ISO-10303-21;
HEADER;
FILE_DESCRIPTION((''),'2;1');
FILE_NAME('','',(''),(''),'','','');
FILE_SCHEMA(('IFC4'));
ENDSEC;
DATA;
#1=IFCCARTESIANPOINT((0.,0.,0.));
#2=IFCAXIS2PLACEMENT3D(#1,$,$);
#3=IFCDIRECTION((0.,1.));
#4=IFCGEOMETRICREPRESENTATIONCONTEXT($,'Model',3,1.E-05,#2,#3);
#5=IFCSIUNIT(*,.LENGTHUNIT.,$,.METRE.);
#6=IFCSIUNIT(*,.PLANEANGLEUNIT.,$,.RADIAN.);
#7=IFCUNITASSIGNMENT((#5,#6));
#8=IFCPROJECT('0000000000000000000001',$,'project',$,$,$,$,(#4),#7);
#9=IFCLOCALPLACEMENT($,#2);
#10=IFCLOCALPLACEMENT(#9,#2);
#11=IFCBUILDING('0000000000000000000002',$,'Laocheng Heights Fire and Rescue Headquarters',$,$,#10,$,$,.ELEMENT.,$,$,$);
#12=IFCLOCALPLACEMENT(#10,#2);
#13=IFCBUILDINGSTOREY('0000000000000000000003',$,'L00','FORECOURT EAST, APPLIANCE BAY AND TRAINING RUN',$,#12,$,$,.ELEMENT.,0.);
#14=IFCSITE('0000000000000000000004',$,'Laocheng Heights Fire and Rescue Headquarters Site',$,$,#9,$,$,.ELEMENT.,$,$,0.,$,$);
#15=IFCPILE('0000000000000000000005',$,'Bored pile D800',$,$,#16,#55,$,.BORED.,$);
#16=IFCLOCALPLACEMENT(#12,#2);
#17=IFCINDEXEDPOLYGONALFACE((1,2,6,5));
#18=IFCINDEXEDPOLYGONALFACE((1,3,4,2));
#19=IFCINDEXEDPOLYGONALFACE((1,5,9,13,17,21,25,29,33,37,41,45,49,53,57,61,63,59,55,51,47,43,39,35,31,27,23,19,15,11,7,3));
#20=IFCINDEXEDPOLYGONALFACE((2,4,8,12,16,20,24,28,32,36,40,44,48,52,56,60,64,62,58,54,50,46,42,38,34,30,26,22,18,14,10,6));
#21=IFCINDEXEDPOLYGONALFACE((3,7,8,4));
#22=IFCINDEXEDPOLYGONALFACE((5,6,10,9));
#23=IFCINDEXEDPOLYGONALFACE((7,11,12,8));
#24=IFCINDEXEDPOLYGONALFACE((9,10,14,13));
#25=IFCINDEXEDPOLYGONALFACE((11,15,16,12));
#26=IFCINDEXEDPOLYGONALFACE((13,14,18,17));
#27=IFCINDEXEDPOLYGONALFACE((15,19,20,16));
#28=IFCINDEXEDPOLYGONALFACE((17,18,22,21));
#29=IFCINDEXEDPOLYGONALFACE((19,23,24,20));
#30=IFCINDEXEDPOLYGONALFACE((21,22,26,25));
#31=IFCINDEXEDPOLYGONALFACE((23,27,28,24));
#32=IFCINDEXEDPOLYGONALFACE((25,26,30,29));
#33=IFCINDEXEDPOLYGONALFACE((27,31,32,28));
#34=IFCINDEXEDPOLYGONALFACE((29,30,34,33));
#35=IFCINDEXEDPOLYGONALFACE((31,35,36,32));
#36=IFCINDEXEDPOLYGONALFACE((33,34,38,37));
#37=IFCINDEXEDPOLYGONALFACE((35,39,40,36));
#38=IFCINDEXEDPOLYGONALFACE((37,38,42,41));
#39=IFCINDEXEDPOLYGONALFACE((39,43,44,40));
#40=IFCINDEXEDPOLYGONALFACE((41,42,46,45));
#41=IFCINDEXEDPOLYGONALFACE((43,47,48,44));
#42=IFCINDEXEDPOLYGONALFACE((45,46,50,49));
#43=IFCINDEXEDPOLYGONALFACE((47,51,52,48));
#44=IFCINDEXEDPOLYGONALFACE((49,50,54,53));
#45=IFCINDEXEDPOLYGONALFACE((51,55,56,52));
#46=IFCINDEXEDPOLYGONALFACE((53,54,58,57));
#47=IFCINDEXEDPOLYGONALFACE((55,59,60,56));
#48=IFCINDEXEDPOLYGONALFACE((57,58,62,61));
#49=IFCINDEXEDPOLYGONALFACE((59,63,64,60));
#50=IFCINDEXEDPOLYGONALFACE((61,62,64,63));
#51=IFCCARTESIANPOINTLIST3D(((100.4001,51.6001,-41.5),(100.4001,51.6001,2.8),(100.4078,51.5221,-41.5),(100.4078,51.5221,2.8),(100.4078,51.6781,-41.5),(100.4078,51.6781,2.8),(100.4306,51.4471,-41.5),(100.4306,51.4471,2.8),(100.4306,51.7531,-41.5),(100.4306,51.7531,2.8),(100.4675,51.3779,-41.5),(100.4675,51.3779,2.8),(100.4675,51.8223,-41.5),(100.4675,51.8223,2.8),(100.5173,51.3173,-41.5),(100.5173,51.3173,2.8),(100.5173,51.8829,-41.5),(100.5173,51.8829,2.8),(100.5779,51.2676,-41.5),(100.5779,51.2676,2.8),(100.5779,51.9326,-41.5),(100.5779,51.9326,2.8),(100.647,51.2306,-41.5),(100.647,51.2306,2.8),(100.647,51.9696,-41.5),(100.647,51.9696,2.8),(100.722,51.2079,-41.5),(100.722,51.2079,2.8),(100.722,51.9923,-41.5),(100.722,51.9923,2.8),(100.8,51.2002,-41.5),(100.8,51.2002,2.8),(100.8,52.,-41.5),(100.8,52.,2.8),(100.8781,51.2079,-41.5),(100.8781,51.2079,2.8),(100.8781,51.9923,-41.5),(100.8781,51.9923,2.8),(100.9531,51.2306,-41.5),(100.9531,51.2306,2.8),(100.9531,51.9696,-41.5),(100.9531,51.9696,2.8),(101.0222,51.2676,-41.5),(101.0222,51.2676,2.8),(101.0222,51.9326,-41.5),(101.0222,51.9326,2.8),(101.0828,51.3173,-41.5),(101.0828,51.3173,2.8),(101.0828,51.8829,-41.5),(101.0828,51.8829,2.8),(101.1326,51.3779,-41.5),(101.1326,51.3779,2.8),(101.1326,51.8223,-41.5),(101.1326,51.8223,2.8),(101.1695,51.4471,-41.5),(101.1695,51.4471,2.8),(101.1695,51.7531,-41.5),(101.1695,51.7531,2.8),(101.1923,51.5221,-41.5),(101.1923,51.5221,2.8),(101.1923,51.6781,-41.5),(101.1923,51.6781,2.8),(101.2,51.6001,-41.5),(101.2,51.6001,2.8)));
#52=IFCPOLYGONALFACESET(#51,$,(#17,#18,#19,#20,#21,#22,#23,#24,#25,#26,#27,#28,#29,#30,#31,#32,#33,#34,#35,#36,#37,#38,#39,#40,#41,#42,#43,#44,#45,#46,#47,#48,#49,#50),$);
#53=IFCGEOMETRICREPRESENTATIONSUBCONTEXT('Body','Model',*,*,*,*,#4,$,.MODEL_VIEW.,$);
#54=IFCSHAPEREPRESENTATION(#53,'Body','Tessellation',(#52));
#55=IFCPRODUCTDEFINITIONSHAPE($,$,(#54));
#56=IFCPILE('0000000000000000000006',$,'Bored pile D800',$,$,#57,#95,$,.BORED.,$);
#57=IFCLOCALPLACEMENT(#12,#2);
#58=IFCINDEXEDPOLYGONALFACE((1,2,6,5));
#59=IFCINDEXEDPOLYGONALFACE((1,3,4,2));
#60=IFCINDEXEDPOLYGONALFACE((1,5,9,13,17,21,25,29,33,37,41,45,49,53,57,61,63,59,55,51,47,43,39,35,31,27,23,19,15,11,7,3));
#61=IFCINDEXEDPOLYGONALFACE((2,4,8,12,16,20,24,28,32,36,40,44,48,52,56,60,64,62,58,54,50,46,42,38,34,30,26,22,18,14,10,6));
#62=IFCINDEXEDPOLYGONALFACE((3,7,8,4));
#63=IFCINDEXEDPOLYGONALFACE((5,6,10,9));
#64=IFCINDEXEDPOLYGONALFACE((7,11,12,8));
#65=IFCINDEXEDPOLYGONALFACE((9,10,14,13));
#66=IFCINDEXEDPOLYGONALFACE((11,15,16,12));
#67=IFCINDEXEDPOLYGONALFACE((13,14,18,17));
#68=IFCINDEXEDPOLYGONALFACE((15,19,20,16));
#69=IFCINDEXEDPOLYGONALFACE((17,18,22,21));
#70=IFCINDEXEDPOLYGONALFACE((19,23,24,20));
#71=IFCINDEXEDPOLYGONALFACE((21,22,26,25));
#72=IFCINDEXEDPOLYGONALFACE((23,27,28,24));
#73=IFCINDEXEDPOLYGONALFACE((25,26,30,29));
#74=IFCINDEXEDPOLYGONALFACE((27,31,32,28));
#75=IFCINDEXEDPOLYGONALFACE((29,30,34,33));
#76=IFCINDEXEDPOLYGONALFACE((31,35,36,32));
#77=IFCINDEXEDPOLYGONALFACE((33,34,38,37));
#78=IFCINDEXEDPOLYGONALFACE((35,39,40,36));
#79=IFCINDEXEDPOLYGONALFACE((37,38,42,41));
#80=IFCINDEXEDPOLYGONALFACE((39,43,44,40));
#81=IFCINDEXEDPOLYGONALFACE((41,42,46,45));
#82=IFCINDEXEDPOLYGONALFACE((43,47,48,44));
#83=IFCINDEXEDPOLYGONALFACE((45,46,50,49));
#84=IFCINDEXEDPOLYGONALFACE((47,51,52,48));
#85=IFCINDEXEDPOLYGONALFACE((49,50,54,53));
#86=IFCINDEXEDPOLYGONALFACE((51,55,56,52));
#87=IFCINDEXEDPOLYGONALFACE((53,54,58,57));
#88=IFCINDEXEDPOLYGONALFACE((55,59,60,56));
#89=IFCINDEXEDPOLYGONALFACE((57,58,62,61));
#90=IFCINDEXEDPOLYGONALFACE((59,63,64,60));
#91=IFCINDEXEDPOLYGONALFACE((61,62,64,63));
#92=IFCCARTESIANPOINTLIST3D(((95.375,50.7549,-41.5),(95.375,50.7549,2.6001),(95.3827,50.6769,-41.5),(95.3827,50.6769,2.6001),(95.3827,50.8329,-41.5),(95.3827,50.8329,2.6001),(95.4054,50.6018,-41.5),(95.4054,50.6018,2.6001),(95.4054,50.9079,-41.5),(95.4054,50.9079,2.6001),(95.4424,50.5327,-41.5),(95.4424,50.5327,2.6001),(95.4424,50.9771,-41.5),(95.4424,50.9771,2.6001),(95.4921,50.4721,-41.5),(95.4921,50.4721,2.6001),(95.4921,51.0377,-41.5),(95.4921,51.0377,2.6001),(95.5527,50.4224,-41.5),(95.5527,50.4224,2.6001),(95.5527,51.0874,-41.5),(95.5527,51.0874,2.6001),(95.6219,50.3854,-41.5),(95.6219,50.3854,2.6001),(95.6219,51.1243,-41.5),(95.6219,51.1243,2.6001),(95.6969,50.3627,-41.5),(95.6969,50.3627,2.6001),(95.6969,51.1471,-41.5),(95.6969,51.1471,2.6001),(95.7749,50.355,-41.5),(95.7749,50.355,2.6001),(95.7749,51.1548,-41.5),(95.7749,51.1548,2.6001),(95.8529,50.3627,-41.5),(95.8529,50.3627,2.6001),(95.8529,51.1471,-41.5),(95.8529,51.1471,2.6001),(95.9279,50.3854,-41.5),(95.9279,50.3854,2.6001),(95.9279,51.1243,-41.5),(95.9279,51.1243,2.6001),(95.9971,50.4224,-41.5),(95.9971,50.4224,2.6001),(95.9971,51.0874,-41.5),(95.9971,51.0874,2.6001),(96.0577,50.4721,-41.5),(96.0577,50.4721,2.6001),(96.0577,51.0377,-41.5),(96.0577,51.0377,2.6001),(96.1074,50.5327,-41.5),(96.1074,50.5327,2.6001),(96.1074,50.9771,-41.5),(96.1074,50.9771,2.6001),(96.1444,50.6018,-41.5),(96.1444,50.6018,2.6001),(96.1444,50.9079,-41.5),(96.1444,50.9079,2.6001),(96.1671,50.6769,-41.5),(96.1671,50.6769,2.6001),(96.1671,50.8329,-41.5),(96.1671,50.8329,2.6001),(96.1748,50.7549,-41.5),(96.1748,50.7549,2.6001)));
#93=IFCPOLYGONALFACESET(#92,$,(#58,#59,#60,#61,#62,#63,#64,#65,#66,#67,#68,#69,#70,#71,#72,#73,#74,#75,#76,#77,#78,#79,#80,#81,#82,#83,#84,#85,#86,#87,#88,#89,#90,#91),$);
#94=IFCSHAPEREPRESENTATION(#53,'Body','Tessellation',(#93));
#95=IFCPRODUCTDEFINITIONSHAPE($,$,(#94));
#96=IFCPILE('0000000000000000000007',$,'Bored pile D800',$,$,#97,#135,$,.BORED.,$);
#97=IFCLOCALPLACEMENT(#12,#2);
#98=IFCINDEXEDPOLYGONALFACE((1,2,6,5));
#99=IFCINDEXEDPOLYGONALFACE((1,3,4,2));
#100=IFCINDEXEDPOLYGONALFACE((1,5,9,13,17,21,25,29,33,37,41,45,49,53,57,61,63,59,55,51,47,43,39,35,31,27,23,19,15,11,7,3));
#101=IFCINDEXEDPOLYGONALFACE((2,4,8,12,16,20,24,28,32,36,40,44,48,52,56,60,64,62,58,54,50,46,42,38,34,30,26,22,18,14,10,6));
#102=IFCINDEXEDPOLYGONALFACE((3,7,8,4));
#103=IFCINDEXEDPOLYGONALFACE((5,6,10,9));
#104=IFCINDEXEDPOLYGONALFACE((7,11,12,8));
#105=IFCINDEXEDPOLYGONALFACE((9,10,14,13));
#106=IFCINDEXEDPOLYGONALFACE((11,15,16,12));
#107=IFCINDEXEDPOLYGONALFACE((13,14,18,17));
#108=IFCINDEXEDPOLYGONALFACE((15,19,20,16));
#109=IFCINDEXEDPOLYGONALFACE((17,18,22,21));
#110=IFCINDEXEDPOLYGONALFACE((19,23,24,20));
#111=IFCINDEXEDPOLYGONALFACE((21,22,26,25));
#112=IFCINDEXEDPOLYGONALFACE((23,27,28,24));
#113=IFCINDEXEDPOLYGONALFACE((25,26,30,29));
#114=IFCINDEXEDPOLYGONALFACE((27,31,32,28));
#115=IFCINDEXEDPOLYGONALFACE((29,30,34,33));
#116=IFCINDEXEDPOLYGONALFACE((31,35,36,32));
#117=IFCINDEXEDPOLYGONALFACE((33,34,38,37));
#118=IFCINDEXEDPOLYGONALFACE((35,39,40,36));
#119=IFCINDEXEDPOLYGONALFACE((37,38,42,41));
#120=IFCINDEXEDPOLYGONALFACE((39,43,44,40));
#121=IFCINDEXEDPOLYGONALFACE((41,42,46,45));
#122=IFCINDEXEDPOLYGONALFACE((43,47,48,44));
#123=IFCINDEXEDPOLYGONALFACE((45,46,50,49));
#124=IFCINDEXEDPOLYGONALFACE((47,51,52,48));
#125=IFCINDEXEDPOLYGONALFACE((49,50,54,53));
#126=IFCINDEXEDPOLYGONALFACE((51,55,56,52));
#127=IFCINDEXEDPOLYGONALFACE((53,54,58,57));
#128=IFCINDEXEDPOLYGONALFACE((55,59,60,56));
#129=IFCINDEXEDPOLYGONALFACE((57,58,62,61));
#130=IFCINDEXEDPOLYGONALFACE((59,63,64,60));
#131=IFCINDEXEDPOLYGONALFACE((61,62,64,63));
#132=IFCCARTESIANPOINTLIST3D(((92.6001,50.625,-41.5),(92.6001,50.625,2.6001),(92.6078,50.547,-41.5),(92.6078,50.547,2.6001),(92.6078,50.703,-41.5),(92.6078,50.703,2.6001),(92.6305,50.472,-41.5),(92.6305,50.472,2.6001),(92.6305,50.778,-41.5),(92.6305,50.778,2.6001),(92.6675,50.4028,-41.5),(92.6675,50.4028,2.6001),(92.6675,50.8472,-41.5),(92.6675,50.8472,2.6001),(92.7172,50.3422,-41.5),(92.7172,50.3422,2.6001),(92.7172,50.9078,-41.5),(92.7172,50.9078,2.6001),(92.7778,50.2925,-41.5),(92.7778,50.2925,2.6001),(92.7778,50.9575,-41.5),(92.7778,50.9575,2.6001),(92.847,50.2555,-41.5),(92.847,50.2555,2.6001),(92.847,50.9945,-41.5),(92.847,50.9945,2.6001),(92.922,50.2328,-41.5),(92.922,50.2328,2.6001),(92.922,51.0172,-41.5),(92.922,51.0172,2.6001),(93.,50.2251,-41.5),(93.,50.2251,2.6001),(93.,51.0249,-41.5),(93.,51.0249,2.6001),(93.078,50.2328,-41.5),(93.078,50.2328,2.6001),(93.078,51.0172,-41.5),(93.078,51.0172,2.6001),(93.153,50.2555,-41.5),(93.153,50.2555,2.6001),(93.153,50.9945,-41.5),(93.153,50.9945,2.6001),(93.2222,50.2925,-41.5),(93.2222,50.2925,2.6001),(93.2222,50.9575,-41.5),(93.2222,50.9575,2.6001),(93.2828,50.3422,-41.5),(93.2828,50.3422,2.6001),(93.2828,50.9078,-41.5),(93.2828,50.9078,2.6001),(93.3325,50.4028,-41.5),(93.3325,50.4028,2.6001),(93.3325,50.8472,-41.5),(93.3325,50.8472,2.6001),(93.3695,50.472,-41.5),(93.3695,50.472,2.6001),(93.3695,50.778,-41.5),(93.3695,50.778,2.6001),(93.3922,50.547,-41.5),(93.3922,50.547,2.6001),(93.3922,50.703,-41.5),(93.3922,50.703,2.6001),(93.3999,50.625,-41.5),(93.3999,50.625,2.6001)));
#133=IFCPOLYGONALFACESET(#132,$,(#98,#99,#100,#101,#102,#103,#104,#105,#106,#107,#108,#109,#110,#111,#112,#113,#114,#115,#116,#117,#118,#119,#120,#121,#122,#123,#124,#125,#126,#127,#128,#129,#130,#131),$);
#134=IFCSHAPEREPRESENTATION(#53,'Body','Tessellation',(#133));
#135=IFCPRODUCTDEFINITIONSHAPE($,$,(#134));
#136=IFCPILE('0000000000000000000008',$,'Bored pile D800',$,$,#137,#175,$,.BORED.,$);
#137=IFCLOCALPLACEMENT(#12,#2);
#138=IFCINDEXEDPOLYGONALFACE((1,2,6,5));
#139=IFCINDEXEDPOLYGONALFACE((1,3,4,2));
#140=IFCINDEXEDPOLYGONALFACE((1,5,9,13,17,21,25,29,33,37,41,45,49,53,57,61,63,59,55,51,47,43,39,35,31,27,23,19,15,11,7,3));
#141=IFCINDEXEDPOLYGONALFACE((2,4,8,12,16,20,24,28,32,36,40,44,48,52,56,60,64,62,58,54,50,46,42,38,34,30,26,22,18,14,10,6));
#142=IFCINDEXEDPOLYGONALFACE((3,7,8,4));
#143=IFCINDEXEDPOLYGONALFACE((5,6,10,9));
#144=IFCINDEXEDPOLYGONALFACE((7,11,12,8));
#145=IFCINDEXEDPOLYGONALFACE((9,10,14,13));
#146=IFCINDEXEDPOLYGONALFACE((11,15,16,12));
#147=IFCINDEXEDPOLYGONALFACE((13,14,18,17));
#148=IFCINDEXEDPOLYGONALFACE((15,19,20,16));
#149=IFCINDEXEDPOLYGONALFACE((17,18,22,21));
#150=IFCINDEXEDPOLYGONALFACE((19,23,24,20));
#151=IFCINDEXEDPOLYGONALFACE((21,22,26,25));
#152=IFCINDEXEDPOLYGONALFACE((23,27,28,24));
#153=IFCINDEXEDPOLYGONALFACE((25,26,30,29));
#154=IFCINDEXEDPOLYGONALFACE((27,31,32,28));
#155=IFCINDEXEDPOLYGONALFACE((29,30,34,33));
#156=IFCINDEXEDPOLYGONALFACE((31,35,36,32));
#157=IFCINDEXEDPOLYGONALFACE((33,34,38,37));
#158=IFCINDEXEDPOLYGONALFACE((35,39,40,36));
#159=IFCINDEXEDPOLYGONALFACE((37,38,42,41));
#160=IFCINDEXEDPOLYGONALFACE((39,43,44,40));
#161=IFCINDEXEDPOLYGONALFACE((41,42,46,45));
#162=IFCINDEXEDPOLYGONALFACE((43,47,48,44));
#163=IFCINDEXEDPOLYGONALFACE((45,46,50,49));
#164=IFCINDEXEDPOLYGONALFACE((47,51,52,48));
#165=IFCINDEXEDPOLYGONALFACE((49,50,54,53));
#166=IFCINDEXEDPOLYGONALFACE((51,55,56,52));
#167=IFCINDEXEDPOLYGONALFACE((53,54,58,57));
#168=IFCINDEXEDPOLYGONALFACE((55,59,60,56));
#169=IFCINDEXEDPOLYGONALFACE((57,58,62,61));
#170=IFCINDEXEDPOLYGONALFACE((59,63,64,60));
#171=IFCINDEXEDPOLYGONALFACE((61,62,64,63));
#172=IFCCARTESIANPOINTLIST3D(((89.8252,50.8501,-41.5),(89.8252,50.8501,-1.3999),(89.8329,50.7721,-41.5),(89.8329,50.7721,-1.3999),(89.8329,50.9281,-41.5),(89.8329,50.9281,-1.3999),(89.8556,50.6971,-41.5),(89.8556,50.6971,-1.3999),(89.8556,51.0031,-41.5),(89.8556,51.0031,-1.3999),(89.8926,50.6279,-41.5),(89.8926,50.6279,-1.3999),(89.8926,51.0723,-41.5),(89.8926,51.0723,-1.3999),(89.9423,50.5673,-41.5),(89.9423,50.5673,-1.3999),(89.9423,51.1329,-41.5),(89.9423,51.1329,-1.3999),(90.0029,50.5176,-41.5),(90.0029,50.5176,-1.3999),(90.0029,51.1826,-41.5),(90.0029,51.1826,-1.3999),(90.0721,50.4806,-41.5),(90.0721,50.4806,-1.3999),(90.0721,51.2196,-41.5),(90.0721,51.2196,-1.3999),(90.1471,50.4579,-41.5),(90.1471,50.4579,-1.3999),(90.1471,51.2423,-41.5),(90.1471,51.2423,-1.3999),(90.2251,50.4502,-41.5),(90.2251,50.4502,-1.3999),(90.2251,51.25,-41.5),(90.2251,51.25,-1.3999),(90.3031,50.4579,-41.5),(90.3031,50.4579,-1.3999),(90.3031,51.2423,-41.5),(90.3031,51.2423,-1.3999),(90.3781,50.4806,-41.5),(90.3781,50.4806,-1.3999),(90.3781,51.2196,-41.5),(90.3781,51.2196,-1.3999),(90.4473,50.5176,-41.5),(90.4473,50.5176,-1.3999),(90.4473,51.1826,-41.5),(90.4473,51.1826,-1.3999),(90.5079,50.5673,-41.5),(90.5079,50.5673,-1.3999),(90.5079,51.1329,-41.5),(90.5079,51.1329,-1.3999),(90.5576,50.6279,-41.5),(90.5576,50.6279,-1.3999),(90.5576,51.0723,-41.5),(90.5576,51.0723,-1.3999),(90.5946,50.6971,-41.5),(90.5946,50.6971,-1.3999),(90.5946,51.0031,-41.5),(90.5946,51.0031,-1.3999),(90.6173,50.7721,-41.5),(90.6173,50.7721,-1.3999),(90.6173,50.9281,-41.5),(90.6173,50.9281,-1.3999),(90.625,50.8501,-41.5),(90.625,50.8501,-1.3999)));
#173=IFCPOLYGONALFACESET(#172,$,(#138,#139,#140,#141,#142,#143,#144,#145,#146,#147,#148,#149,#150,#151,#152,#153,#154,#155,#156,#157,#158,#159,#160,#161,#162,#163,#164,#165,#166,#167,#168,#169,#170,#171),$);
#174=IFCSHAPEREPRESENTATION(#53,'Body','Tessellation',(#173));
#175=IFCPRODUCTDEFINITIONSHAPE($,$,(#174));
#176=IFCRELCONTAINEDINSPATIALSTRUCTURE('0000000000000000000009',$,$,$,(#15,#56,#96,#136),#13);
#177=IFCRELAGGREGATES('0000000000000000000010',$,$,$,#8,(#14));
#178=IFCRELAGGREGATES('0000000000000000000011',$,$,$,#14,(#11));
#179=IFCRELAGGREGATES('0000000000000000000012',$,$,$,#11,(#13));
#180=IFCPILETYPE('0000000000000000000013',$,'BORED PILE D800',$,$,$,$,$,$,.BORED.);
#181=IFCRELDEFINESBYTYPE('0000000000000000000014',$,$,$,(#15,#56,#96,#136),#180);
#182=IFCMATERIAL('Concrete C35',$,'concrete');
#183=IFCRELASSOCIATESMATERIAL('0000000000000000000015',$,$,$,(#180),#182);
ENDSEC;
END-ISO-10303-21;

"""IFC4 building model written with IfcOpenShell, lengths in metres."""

from ifc_helpers import new_model, si_unit, direction, frame, origin, origin_2d, place, context, subcontext, project, spatial, circle, extrude, material, material_profile, profile_set, type_object, element, save


model = new_model("IFC4")

# Units and contexts
model_context = context("Model", 3, precision=1e-05, world=origin(), true_north=direction((0.0, 1.0)))
body_context = subcontext(model_context, "Body", "Model", "MODEL_VIEW")
ifc_project = project(units=[si_unit("LENGTHUNIT", "METRE"), si_unit("PLANEANGLEUNIT", "RADIAN")], contexts=[model_context])

# Site, building, storey
site_placement = place(None, origin())
site = spatial("IfcSite", under=ifc_project, at=site_placement, Name="Laocheng Heights Fire and Rescue Headquarters Site", CompositionType="ELEMENT", RefElevation=0.0)
building_placement = place(site_placement, origin())
building = spatial("IfcBuilding", under=site, at=building_placement, Name="Laocheng Heights Fire and Rescue Headquarters", CompositionType="ELEMENT")
storey_placement = place(building_placement, origin())
storey = spatial("IfcBuildingStorey", under=building, at=storey_placement, Name="L00", Description="FORECOURT EAST, APPLIANCE BAY AND TRAINING RUN", CompositionType="ELEMENT", Elevation=0.0)

# Piles
ifc_material_1 = material(Name="Concrete C35", Category="concrete")
ifc_material_profile_1 = material_profile(ifc_material_1, circle(Radius=0.3999, at=origin_2d()), Name="BORED PILE D800")
ifc_profile_set_1 = profile_set([ifc_material_profile_1], Name="Concrete C35")
pile_type_1 = type_object("IfcPileType", Name="BORED PILE D800", PredefinedType="BORED", material=ifc_profile_set_1)
for number, where, z_axis, x_axis, name in (
    (1, (100.8, 51.6001, 2.8), (0.0, 0.0, -1.0), (1.0, 0.0, 0.0), "Bored pile D800"),
):
    element("IfcPile", number, at=place(storey_placement, frame(where, z_axis=z_axis, x_axis=x_axis)), inside=storey, type_object=pile_type_1, Name=name, PredefinedType="BORED", context=body_context, shape_type="SweptSolid", body=[
        extrude(circle(Radius=0.3999, at=origin_2d()), origin(), (0.0, 0.0, 1.0), 44.3),
    ])
for number, where, z_axis, x_axis, name in (
    (2, (95.7749, 50.7549, 2.6001), (0.0, 0.0, -1.0), (1.0, 0.0, 0.0), "Bored pile D800"),
    (3, (93.0, 50.625, 2.6001), (0.0, 0.0, -1.0), (1.0, 0.0, 0.0), "Bored pile D800"),
):
    element("IfcPile", number, at=place(storey_placement, frame(where, z_axis=z_axis, x_axis=x_axis)), inside=storey, type_object=pile_type_1, Name=name, PredefinedType="BORED", context=body_context, shape_type="SweptSolid", body=[
        extrude(circle(Radius=0.3999, at=origin_2d()), origin(), (0.0, 0.0, 1.0), 44.1001),
    ])
for number, where, z_axis, x_axis, name in (
    (4, (90.2251, 50.8501, -1.3999), (0.0, 0.0, -1.0), (1.0, 0.0, 0.0), "Bored pile D800"),
):
    element("IfcPile", number, at=place(storey_placement, frame(where, z_axis=z_axis, x_axis=x_axis)), inside=storey, type_object=pile_type_1, Name=name, PredefinedType="BORED", context=body_context, shape_type="SweptSolid", body=[
        extrude(circle(Radius=0.3999, at=origin_2d()), origin(), (0.0, 0.0, 1.0), 40.1001),
    ])

save(model, "model.ifc")
